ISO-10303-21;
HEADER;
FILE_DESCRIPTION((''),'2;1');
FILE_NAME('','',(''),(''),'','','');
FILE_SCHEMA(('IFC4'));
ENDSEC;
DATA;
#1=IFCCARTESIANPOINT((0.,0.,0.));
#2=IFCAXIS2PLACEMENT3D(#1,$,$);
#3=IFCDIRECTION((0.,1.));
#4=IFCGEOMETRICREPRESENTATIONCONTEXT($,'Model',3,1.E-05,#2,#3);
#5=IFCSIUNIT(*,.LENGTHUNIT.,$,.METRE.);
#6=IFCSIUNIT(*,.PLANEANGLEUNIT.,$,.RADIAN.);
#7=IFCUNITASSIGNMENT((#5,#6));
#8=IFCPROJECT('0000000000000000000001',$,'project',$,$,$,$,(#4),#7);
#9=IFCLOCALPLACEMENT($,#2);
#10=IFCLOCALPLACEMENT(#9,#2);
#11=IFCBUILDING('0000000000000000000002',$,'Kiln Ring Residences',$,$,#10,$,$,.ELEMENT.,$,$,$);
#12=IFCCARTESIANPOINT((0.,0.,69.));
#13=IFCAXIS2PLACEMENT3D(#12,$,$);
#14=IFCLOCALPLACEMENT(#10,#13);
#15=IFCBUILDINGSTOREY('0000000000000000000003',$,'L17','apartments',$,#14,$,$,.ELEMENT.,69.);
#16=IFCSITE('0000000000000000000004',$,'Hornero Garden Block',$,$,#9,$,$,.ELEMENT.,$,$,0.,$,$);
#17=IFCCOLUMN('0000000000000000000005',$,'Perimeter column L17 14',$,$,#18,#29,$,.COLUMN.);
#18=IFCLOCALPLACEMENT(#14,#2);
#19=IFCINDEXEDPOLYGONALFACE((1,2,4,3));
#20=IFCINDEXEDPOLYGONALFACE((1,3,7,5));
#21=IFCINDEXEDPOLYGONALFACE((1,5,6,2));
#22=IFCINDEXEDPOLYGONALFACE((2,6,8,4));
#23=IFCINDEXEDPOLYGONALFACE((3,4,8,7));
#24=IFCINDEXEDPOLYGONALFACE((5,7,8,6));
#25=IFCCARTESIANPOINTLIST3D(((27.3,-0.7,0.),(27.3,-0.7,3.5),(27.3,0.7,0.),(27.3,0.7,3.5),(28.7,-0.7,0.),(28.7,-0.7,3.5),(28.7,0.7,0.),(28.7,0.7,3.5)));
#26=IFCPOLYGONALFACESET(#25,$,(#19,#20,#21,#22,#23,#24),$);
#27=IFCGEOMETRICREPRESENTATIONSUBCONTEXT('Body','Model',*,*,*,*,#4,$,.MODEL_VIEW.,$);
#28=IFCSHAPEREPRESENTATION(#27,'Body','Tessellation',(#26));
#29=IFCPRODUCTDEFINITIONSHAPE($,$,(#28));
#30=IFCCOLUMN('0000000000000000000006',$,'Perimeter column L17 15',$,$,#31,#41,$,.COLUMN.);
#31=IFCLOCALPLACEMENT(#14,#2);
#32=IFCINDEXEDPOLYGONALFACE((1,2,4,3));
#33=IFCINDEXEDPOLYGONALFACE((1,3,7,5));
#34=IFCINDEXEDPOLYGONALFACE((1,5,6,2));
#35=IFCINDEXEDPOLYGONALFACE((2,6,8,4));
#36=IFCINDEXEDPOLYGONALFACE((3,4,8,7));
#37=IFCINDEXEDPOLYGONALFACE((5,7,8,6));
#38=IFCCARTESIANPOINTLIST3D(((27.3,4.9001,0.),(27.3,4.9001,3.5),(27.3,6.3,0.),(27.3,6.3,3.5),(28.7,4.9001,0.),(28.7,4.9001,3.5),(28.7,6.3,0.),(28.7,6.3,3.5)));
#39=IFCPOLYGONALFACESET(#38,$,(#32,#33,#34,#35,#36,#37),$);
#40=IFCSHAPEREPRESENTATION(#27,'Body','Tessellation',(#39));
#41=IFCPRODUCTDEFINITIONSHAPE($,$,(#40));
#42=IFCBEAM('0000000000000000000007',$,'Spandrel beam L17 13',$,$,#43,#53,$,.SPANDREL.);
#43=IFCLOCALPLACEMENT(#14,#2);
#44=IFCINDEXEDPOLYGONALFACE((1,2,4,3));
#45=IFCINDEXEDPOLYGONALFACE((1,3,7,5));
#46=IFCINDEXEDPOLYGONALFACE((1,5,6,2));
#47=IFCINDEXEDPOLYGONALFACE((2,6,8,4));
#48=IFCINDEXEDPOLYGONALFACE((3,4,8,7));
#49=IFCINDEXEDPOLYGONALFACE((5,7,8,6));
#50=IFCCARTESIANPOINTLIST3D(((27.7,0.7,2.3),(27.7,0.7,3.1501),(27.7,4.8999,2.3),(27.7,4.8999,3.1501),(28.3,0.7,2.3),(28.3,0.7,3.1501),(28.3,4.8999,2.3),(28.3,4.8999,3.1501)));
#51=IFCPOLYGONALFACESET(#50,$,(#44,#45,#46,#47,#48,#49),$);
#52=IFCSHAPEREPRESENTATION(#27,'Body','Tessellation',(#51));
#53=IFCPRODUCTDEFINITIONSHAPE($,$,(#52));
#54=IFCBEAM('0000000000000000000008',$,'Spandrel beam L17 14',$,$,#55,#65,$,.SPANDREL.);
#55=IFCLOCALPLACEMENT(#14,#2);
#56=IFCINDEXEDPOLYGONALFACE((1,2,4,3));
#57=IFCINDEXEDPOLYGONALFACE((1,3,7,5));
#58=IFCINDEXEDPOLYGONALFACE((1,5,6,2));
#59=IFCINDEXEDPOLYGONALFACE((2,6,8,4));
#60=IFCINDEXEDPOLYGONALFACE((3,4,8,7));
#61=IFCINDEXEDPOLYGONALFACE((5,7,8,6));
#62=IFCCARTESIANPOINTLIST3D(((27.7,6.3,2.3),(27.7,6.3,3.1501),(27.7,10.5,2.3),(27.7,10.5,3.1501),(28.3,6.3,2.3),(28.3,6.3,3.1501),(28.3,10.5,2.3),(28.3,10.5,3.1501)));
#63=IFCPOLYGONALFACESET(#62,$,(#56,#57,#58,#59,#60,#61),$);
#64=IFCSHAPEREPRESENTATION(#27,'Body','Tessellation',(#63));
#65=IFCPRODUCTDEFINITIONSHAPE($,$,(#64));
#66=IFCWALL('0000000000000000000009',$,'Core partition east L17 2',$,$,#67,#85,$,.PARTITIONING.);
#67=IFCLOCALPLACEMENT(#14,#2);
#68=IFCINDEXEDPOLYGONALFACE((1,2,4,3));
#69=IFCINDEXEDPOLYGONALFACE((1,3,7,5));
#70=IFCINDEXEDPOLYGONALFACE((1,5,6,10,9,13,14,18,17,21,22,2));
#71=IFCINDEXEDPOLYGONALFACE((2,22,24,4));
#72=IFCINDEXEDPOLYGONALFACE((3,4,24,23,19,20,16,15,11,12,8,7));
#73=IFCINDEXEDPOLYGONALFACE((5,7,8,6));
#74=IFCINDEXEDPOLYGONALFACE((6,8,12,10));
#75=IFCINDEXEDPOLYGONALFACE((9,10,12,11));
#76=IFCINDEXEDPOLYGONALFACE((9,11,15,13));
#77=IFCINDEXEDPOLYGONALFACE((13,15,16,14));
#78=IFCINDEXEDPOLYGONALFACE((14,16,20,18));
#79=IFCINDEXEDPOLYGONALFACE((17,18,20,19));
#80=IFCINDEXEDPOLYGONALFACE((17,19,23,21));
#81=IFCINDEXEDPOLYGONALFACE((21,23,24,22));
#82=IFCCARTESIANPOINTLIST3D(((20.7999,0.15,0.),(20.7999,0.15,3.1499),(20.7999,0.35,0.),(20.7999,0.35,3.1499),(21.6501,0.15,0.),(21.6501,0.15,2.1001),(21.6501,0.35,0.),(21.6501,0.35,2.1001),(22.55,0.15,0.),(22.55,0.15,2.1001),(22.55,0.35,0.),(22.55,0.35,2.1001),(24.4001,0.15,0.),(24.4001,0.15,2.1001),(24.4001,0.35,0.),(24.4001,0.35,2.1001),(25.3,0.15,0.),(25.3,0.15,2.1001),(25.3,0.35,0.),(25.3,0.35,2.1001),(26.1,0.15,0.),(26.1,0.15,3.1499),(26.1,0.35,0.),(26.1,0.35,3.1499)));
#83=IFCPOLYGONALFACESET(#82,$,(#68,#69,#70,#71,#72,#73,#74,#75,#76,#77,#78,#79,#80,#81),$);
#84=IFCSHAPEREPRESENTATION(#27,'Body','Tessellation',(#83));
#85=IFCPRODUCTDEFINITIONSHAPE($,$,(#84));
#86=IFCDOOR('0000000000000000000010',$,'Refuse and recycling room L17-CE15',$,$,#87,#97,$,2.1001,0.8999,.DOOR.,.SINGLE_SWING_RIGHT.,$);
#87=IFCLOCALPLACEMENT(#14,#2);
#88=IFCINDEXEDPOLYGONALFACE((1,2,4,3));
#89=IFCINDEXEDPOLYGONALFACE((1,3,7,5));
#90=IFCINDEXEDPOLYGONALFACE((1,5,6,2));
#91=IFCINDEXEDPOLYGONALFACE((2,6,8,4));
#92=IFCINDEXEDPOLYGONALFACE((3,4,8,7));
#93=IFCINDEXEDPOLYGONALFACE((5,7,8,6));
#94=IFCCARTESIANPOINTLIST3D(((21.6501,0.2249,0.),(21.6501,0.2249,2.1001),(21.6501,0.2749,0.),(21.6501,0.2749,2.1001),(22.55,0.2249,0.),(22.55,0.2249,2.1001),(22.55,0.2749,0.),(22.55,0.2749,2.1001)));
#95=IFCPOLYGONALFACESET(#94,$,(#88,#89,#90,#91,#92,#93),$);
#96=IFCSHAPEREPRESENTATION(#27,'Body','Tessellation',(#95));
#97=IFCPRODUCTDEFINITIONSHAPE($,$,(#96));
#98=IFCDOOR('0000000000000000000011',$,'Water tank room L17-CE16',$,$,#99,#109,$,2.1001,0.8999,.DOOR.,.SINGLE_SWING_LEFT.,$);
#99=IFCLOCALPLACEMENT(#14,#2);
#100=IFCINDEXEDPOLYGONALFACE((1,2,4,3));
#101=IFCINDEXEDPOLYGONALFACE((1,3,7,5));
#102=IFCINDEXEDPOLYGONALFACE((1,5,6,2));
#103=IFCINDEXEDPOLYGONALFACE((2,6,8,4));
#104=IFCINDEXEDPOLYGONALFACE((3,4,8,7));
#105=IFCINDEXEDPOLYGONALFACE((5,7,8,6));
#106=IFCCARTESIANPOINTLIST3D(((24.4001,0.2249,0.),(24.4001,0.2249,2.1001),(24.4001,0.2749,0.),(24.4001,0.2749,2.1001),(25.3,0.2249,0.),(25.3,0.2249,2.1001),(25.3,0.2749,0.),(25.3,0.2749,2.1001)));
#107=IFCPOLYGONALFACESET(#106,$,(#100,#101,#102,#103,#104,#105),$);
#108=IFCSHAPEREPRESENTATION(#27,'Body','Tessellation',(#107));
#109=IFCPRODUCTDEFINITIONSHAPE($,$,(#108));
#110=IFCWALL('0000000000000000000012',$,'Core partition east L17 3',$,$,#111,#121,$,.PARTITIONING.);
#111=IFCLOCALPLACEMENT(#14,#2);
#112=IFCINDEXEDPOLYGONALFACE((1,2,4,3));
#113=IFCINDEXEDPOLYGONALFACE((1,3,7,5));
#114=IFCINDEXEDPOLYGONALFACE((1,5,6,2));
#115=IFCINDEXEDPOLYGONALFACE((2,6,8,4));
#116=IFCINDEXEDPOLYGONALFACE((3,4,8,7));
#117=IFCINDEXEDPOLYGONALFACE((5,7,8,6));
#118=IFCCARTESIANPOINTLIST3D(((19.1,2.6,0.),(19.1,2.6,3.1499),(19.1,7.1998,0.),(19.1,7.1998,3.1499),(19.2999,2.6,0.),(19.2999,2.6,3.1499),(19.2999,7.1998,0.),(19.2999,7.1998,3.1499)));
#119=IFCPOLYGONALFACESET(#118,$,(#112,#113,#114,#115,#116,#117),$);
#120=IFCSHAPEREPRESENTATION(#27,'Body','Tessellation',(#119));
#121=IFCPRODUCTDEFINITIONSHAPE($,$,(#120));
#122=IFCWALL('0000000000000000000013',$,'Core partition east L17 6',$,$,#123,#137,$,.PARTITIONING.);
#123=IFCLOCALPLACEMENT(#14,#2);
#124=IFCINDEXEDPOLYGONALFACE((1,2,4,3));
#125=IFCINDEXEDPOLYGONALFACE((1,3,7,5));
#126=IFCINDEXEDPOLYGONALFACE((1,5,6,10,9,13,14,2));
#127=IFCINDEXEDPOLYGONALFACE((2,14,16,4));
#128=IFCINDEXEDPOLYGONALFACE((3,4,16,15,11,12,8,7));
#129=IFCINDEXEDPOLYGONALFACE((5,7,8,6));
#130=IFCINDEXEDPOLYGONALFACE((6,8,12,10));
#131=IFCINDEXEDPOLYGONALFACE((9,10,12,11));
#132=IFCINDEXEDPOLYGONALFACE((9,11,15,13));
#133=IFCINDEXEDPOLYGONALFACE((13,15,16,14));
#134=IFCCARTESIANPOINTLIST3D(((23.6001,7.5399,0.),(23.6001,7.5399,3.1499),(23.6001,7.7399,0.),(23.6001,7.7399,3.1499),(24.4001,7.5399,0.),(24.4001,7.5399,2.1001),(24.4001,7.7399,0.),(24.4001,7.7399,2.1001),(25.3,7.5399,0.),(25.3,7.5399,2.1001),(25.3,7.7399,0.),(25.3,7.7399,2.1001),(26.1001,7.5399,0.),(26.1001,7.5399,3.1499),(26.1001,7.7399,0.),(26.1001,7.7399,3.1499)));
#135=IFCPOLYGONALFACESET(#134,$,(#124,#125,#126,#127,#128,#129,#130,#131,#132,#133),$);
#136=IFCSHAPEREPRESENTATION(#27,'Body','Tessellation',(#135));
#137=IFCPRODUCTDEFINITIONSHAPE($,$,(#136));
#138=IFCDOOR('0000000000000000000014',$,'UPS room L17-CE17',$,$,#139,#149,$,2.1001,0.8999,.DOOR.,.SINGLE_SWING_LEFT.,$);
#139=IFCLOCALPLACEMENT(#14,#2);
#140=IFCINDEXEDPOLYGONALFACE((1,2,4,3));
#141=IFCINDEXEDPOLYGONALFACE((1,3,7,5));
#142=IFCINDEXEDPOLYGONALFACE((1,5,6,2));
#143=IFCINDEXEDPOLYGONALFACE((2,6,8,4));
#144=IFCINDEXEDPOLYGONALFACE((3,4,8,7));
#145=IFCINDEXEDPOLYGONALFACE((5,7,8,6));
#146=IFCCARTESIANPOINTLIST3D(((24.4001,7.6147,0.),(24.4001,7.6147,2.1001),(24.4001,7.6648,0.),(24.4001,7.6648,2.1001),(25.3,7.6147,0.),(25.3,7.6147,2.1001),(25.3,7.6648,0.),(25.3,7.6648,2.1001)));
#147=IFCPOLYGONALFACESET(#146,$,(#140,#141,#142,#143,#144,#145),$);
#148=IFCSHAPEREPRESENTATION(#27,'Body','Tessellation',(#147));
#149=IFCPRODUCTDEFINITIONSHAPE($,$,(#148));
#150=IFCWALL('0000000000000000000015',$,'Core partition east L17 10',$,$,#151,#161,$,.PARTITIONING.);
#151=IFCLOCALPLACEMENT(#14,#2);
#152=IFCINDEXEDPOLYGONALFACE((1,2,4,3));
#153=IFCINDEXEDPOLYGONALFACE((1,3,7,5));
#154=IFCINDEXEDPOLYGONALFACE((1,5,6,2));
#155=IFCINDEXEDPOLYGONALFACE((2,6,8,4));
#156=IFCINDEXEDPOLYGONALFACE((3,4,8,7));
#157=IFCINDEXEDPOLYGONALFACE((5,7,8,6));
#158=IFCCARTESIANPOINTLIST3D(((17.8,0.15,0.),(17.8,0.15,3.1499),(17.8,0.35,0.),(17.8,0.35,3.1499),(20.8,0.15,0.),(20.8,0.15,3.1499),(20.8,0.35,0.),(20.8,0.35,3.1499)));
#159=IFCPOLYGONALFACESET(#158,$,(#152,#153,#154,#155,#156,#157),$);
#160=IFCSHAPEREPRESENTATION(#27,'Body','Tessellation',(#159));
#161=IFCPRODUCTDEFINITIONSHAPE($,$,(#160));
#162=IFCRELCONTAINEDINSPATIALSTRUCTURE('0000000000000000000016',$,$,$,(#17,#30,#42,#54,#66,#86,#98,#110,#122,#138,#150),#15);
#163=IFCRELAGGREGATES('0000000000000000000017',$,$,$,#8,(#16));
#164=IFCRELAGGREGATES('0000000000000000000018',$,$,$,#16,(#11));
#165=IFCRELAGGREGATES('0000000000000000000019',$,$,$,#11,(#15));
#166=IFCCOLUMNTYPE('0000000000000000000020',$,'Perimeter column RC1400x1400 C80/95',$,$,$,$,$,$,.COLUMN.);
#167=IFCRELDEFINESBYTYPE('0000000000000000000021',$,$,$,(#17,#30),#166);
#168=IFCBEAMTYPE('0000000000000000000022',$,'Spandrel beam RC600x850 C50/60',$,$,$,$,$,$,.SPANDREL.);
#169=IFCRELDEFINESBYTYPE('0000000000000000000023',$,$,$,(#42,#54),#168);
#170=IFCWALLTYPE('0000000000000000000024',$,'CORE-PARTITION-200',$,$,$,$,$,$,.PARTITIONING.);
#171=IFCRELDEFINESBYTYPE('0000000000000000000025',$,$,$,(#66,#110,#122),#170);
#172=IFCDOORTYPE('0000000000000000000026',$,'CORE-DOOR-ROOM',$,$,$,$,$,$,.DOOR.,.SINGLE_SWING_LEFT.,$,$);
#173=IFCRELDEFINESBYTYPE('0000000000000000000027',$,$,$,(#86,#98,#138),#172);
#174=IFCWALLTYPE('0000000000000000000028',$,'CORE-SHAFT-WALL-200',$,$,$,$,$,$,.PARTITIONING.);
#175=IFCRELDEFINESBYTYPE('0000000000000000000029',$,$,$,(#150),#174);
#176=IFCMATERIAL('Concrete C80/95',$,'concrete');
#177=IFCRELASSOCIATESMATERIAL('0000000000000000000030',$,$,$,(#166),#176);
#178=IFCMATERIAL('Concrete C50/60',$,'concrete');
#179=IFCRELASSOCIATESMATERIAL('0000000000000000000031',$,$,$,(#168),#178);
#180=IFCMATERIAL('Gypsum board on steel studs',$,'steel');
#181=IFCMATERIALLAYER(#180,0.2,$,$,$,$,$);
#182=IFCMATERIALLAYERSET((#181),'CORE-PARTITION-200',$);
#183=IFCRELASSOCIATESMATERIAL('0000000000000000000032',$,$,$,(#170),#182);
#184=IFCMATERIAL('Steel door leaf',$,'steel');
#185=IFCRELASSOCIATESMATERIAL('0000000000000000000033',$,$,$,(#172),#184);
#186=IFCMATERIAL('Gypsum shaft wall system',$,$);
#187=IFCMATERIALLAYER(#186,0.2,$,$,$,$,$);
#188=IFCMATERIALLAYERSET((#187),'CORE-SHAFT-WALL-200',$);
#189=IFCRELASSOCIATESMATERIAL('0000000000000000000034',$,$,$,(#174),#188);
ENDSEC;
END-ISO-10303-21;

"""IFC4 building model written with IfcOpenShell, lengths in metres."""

from ifc_helpers import new_model, si_unit, direction, frame, frame_2d, origin, origin_2d, place, context, subcontext, project, spatial, rectangle, extrude, material, layer, layer_set, material_profile, profile_set, type_object, element, fill, save


model = new_model("IFC4")

# Units and contexts
model_context = context("Model", 3, precision=1e-05, world=origin(), true_north=direction((0.0, 1.0)))
body_context = subcontext(model_context, "Body", "Model", "MODEL_VIEW")
ifc_project = project(units=[si_unit("LENGTHUNIT", "METRE"), si_unit("PLANEANGLEUNIT", "RADIAN")], contexts=[model_context])

# Site, building, storey
site_placement = place(None, origin())
site = spatial("IfcSite", under=ifc_project, at=site_placement, Name="Hornero Garden Block", CompositionType="ELEMENT", RefElevation=0.0)
building_placement = place(site_placement, origin())
building = spatial("IfcBuilding", under=site, at=building_placement, Name="Kiln Ring Residences", CompositionType="ELEMENT")
storey_placement = place(building_placement, frame((0.0, 0.0, 69.0)))
storey = spatial("IfcBuildingStorey", under=building, at=storey_placement, Name="L17", Description="apartments", CompositionType="ELEMENT", Elevation=69.0)

# Columns
ifc_material_1 = material(Name="Concrete C80/95", Category="concrete")
ifc_material_profile_1 = material_profile(ifc_material_1, rectangle(XDim=1.3999, YDim=1.3999, at=origin_2d()), Name="RC1400x1400")
ifc_profile_set_1 = profile_set([ifc_material_profile_1], Name="Concrete C80/95")
column_type = type_object("IfcColumnType", Name="Perimeter column RC1400x1400 C80/95", PredefinedType="COLUMN", material=ifc_profile_set_1)
for number, where, z_axis, x_axis, name in (
    (1, (28.0, 0.0, 0.0), (0.0, 0.0, 1.0), (1.0, 0.0, 0.0), "Perimeter column L17 14"),
    (2, (28.0, 5.6001, 0.0), (0.0, 0.0, 1.0), (1.0, 0.0, 0.0), "Perimeter column L17 15"),
):
    element("IfcColumn", number, at=place(storey_placement, frame(where, z_axis=z_axis, x_axis=x_axis)), inside=storey, type_object=column_type, Name=name, PredefinedType="COLUMN", context=body_context, shape_type="SweptSolid", body=[
        extrude(rectangle(XDim=1.3999, YDim=1.3999, at=origin_2d()), origin(), (0.0, 0.0, 1.0), 3.5),
    ])

# Beams
ifc_material_2 = material(Name="Concrete C50/60", Category="concrete")
ifc_material_profile_2 = material_profile(ifc_material_2, rectangle(XDim=0.6001, YDim=0.8501, at=origin_2d()), Name="RC600x850")
ifc_profile_set_2 = profile_set([ifc_material_profile_2], Name="Concrete C50/60")
beam_type = type_object("IfcBeamType", Name="Spandrel beam RC600x850 C50/60", PredefinedType="SPANDREL", material=ifc_profile_set_2)
for number, where, z_axis, x_axis, name in (
    (3, (28.0, 0.7, 2.7251), (0.0, 1.0, 0.0), (-1.0, 0.0, 0.0), "Spandrel beam L17 13"),
    (4, (28.0, 6.3, 2.7251), (0.0, 1.0, 0.0), (-1.0, 0.0, 0.0), "Spandrel beam L17 14"),
):
    element("IfcBeam", number, at=place(storey_placement, frame(where, z_axis=z_axis, x_axis=x_axis)), inside=storey, type_object=beam_type, Name=name, PredefinedType="SPANDREL", context=body_context, shape_type="SweptSolid", body=[
        extrude(rectangle(XDim=0.6001, YDim=0.8501, at=origin_2d()), origin(), (0.0, 0.0, 1.0), 4.2),
    ])

# Wall, openings, doors
ifc_material_3 = material(Name="Gypsum board on steel studs", Category="steel")
ifc_layer_1 = layer(ifc_material_3, 0.2)
ifc_layer_set_1 = layer_set([ifc_layer_1], Name="CORE-PARTITION-200")
wall_type_1 = type_object("IfcWallType", Name="CORE-PARTITION-200", PredefinedType="PARTITIONING", material=ifc_layer_set_1)
wall_1_placement = place(storey_placement, frame((20.8, 0.25, 0.0), z_axis=(0.0, 0.0, 1.0), x_axis=(1.0, 0.0, 0.0)))
wall_1 = element("IfcWall", 5, at=wall_1_placement, inside=storey, type_object=wall_type_1, Name="Core partition east L17 2", PredefinedType="PARTITIONING", context=body_context, shape_type="SweptSolid", body=[
    extrude(rectangle(XDim=5.3, YDim=0.2, at=frame_2d((2.6499, 0.0))), origin(), (0.0, 0.0, 1.0), 3.1499),
])
opening_1_placement = place(wall_1_placement, frame((0.8501, 0.0, 0.0)))
opening_1 = element("IfcOpeningElement", 6, at=opening_1_placement, cuts=wall_1, PredefinedType="OPENING", context=body_context, shape_type="SweptSolid", body=[
    extrude(rectangle(XDim=0.8999, YDim=2.1001, at=frame_2d((0.45, 1.05))), frame((0.0, 0.1099, 0.0), z_axis=(0.0, -1.0, 0.0), x_axis=(1.0, 0.0, 0.0)), (0.0, 0.0, 1.0), 0.22),
])
opening_2_placement = place(wall_1_placement, frame((3.6001, 0.0, 0.0)))
opening_2 = element("IfcOpeningElement", 7, at=opening_2_placement, cuts=wall_1, PredefinedType="OPENING", context=body_context, shape_type="SweptSolid", body=[
    extrude(rectangle(XDim=0.8999, YDim=2.1001, at=frame_2d((0.45, 1.05))), frame((0.0, 0.1099, 0.0), z_axis=(0.0, -1.0, 0.0), x_axis=(1.0, 0.0, 0.0)), (0.0, 0.0, 1.0), 0.22),
])
ifc_material_4 = material(Name="Steel door leaf", Category="steel")
door_type = type_object("IfcDoorType", Name="CORE-DOOR-ROOM", OperationType="SINGLE_SWING_LEFT", PredefinedType="DOOR", material=ifc_material_4)
door_1_placement = place(opening_1_placement, origin())
door_1 = element("IfcDoor", 8, at=door_1_placement, inside=storey, type_object=door_type, Name="Refuse and recycling room L17-CE15", OperationType="SINGLE_SWING_RIGHT", OverallHeight=2.1001, OverallWidth=0.8999, PredefinedType="DOOR", context=body_context, shape_type="SweptSolid", body=[
    extrude(rectangle(XDim=0.8999, YDim=2.1001, at=frame_2d((0.45, 1.05))), frame((0.0, 0.0249, 0.0), z_axis=(0.0, -1.0, 0.0), x_axis=(1.0, 0.0, 0.0)), (0.0, 0.0, 1.0), 0.05),
])
fill(opening_1, door_1)
door_2_placement = place(opening_2_placement, origin())
door_2 = element("IfcDoor", 9, at=door_2_placement, inside=storey, type_object=door_type, Name="Water tank room L17-CE16", OperationType="SINGLE_SWING_LEFT", OverallHeight=2.1001, OverallWidth=0.8999, PredefinedType="DOOR", context=body_context, shape_type="SweptSolid", body=[
    extrude(rectangle(XDim=0.8999, YDim=2.1001, at=frame_2d((0.45, 1.05))), frame((0.0, 0.0249, 0.0), z_axis=(0.0, -1.0, 0.0), x_axis=(1.0, 0.0, 0.0)), (0.0, 0.0, 1.0), 0.05),
])
fill(opening_2, door_2)

# Wall
wall_2_placement = place(storey_placement, frame((19.2, 2.6001, 0.0), z_axis=(0.0, 0.0, 1.0), x_axis=(0.0, 1.0, 0.0)))
element("IfcWall", 10, at=wall_2_placement, inside=storey, type_object=wall_type_1, Name="Core partition east L17 3", PredefinedType="PARTITIONING", context=body_context, shape_type="SweptSolid", body=[
    extrude(rectangle(XDim=4.5999, YDim=0.2, at=frame_2d((2.2998, 0.0))), origin(), (0.0, 0.0, 1.0), 3.1499),
])

# Wall, opening, door
wall_3_placement = place(storey_placement, frame((23.6001, 7.6399, 0.0), z_axis=(0.0, 0.0, 1.0), x_axis=(1.0, 0.0, 0.0)))
wall_3 = element("IfcWall", 11, at=wall_3_placement, inside=storey, type_object=wall_type_1, Name="Core partition east L17 6", PredefinedType="PARTITIONING", context=body_context, shape_type="SweptSolid", body=[
    extrude(rectangle(XDim=2.5, YDim=0.2, at=frame_2d((1.25, 0.0))), origin(), (0.0, 0.0, 1.0), 3.1499),
])
opening_3_placement = place(wall_3_placement, frame((0.8, 0.0, 0.0)))
opening_3 = element("IfcOpeningElement", 12, at=opening_3_placement, cuts=wall_3, PredefinedType="OPENING", context=body_context, shape_type="SweptSolid", body=[
    extrude(rectangle(XDim=0.8999, YDim=2.1001, at=frame_2d((0.45, 1.05))), frame((0.0, 0.1099, 0.0), z_axis=(0.0, -1.0, 0.0), x_axis=(1.0, 0.0, 0.0)), (0.0, 0.0, 1.0), 0.22),
])
door_3_placement = place(opening_3_placement, origin())
door_3 = element("IfcDoor", 13, at=door_3_placement, inside=storey, type_object=door_type, Name="UPS room L17-CE17", OperationType="SINGLE_SWING_LEFT", OverallHeight=2.1001, OverallWidth=0.8999, PredefinedType="DOOR", context=body_context, shape_type="SweptSolid", body=[
    extrude(rectangle(XDim=0.8999, YDim=2.1001, at=frame_2d((0.45, 1.05))), frame((0.0, 0.0249, 0.0), z_axis=(0.0, -1.0, 0.0), x_axis=(1.0, 0.0, 0.0)), (0.0, 0.0, 1.0), 0.05),
])
fill(opening_3, door_3)

# Wall
ifc_material_5 = material(Name="Gypsum shaft wall system")
ifc_layer_2 = layer(ifc_material_5, 0.2)
ifc_layer_set_2 = layer_set([ifc_layer_2], Name="CORE-SHAFT-WALL-200")
wall_type_2 = type_object("IfcWallType", Name="CORE-SHAFT-WALL-200", PredefinedType="PARTITIONING", material=ifc_layer_set_2)
wall_4_placement = place(storey_placement, frame((17.8, 0.25, 0.0), z_axis=(0.0, 0.0, 1.0), x_axis=(1.0, 0.0, 0.0)))
element("IfcWall", 14, at=wall_4_placement, inside=storey, type_object=wall_type_2, Name="Core partition east L17 10", PredefinedType="PARTITIONING", context=body_context, shape_type="SweptSolid", body=[
    extrude(rectangle(XDim=3.0, YDim=0.2, at=frame_2d((1.5, 0.0))), origin(), (0.0, 0.0, 1.0), 3.1499),
])

save(model, "model.ifc")
